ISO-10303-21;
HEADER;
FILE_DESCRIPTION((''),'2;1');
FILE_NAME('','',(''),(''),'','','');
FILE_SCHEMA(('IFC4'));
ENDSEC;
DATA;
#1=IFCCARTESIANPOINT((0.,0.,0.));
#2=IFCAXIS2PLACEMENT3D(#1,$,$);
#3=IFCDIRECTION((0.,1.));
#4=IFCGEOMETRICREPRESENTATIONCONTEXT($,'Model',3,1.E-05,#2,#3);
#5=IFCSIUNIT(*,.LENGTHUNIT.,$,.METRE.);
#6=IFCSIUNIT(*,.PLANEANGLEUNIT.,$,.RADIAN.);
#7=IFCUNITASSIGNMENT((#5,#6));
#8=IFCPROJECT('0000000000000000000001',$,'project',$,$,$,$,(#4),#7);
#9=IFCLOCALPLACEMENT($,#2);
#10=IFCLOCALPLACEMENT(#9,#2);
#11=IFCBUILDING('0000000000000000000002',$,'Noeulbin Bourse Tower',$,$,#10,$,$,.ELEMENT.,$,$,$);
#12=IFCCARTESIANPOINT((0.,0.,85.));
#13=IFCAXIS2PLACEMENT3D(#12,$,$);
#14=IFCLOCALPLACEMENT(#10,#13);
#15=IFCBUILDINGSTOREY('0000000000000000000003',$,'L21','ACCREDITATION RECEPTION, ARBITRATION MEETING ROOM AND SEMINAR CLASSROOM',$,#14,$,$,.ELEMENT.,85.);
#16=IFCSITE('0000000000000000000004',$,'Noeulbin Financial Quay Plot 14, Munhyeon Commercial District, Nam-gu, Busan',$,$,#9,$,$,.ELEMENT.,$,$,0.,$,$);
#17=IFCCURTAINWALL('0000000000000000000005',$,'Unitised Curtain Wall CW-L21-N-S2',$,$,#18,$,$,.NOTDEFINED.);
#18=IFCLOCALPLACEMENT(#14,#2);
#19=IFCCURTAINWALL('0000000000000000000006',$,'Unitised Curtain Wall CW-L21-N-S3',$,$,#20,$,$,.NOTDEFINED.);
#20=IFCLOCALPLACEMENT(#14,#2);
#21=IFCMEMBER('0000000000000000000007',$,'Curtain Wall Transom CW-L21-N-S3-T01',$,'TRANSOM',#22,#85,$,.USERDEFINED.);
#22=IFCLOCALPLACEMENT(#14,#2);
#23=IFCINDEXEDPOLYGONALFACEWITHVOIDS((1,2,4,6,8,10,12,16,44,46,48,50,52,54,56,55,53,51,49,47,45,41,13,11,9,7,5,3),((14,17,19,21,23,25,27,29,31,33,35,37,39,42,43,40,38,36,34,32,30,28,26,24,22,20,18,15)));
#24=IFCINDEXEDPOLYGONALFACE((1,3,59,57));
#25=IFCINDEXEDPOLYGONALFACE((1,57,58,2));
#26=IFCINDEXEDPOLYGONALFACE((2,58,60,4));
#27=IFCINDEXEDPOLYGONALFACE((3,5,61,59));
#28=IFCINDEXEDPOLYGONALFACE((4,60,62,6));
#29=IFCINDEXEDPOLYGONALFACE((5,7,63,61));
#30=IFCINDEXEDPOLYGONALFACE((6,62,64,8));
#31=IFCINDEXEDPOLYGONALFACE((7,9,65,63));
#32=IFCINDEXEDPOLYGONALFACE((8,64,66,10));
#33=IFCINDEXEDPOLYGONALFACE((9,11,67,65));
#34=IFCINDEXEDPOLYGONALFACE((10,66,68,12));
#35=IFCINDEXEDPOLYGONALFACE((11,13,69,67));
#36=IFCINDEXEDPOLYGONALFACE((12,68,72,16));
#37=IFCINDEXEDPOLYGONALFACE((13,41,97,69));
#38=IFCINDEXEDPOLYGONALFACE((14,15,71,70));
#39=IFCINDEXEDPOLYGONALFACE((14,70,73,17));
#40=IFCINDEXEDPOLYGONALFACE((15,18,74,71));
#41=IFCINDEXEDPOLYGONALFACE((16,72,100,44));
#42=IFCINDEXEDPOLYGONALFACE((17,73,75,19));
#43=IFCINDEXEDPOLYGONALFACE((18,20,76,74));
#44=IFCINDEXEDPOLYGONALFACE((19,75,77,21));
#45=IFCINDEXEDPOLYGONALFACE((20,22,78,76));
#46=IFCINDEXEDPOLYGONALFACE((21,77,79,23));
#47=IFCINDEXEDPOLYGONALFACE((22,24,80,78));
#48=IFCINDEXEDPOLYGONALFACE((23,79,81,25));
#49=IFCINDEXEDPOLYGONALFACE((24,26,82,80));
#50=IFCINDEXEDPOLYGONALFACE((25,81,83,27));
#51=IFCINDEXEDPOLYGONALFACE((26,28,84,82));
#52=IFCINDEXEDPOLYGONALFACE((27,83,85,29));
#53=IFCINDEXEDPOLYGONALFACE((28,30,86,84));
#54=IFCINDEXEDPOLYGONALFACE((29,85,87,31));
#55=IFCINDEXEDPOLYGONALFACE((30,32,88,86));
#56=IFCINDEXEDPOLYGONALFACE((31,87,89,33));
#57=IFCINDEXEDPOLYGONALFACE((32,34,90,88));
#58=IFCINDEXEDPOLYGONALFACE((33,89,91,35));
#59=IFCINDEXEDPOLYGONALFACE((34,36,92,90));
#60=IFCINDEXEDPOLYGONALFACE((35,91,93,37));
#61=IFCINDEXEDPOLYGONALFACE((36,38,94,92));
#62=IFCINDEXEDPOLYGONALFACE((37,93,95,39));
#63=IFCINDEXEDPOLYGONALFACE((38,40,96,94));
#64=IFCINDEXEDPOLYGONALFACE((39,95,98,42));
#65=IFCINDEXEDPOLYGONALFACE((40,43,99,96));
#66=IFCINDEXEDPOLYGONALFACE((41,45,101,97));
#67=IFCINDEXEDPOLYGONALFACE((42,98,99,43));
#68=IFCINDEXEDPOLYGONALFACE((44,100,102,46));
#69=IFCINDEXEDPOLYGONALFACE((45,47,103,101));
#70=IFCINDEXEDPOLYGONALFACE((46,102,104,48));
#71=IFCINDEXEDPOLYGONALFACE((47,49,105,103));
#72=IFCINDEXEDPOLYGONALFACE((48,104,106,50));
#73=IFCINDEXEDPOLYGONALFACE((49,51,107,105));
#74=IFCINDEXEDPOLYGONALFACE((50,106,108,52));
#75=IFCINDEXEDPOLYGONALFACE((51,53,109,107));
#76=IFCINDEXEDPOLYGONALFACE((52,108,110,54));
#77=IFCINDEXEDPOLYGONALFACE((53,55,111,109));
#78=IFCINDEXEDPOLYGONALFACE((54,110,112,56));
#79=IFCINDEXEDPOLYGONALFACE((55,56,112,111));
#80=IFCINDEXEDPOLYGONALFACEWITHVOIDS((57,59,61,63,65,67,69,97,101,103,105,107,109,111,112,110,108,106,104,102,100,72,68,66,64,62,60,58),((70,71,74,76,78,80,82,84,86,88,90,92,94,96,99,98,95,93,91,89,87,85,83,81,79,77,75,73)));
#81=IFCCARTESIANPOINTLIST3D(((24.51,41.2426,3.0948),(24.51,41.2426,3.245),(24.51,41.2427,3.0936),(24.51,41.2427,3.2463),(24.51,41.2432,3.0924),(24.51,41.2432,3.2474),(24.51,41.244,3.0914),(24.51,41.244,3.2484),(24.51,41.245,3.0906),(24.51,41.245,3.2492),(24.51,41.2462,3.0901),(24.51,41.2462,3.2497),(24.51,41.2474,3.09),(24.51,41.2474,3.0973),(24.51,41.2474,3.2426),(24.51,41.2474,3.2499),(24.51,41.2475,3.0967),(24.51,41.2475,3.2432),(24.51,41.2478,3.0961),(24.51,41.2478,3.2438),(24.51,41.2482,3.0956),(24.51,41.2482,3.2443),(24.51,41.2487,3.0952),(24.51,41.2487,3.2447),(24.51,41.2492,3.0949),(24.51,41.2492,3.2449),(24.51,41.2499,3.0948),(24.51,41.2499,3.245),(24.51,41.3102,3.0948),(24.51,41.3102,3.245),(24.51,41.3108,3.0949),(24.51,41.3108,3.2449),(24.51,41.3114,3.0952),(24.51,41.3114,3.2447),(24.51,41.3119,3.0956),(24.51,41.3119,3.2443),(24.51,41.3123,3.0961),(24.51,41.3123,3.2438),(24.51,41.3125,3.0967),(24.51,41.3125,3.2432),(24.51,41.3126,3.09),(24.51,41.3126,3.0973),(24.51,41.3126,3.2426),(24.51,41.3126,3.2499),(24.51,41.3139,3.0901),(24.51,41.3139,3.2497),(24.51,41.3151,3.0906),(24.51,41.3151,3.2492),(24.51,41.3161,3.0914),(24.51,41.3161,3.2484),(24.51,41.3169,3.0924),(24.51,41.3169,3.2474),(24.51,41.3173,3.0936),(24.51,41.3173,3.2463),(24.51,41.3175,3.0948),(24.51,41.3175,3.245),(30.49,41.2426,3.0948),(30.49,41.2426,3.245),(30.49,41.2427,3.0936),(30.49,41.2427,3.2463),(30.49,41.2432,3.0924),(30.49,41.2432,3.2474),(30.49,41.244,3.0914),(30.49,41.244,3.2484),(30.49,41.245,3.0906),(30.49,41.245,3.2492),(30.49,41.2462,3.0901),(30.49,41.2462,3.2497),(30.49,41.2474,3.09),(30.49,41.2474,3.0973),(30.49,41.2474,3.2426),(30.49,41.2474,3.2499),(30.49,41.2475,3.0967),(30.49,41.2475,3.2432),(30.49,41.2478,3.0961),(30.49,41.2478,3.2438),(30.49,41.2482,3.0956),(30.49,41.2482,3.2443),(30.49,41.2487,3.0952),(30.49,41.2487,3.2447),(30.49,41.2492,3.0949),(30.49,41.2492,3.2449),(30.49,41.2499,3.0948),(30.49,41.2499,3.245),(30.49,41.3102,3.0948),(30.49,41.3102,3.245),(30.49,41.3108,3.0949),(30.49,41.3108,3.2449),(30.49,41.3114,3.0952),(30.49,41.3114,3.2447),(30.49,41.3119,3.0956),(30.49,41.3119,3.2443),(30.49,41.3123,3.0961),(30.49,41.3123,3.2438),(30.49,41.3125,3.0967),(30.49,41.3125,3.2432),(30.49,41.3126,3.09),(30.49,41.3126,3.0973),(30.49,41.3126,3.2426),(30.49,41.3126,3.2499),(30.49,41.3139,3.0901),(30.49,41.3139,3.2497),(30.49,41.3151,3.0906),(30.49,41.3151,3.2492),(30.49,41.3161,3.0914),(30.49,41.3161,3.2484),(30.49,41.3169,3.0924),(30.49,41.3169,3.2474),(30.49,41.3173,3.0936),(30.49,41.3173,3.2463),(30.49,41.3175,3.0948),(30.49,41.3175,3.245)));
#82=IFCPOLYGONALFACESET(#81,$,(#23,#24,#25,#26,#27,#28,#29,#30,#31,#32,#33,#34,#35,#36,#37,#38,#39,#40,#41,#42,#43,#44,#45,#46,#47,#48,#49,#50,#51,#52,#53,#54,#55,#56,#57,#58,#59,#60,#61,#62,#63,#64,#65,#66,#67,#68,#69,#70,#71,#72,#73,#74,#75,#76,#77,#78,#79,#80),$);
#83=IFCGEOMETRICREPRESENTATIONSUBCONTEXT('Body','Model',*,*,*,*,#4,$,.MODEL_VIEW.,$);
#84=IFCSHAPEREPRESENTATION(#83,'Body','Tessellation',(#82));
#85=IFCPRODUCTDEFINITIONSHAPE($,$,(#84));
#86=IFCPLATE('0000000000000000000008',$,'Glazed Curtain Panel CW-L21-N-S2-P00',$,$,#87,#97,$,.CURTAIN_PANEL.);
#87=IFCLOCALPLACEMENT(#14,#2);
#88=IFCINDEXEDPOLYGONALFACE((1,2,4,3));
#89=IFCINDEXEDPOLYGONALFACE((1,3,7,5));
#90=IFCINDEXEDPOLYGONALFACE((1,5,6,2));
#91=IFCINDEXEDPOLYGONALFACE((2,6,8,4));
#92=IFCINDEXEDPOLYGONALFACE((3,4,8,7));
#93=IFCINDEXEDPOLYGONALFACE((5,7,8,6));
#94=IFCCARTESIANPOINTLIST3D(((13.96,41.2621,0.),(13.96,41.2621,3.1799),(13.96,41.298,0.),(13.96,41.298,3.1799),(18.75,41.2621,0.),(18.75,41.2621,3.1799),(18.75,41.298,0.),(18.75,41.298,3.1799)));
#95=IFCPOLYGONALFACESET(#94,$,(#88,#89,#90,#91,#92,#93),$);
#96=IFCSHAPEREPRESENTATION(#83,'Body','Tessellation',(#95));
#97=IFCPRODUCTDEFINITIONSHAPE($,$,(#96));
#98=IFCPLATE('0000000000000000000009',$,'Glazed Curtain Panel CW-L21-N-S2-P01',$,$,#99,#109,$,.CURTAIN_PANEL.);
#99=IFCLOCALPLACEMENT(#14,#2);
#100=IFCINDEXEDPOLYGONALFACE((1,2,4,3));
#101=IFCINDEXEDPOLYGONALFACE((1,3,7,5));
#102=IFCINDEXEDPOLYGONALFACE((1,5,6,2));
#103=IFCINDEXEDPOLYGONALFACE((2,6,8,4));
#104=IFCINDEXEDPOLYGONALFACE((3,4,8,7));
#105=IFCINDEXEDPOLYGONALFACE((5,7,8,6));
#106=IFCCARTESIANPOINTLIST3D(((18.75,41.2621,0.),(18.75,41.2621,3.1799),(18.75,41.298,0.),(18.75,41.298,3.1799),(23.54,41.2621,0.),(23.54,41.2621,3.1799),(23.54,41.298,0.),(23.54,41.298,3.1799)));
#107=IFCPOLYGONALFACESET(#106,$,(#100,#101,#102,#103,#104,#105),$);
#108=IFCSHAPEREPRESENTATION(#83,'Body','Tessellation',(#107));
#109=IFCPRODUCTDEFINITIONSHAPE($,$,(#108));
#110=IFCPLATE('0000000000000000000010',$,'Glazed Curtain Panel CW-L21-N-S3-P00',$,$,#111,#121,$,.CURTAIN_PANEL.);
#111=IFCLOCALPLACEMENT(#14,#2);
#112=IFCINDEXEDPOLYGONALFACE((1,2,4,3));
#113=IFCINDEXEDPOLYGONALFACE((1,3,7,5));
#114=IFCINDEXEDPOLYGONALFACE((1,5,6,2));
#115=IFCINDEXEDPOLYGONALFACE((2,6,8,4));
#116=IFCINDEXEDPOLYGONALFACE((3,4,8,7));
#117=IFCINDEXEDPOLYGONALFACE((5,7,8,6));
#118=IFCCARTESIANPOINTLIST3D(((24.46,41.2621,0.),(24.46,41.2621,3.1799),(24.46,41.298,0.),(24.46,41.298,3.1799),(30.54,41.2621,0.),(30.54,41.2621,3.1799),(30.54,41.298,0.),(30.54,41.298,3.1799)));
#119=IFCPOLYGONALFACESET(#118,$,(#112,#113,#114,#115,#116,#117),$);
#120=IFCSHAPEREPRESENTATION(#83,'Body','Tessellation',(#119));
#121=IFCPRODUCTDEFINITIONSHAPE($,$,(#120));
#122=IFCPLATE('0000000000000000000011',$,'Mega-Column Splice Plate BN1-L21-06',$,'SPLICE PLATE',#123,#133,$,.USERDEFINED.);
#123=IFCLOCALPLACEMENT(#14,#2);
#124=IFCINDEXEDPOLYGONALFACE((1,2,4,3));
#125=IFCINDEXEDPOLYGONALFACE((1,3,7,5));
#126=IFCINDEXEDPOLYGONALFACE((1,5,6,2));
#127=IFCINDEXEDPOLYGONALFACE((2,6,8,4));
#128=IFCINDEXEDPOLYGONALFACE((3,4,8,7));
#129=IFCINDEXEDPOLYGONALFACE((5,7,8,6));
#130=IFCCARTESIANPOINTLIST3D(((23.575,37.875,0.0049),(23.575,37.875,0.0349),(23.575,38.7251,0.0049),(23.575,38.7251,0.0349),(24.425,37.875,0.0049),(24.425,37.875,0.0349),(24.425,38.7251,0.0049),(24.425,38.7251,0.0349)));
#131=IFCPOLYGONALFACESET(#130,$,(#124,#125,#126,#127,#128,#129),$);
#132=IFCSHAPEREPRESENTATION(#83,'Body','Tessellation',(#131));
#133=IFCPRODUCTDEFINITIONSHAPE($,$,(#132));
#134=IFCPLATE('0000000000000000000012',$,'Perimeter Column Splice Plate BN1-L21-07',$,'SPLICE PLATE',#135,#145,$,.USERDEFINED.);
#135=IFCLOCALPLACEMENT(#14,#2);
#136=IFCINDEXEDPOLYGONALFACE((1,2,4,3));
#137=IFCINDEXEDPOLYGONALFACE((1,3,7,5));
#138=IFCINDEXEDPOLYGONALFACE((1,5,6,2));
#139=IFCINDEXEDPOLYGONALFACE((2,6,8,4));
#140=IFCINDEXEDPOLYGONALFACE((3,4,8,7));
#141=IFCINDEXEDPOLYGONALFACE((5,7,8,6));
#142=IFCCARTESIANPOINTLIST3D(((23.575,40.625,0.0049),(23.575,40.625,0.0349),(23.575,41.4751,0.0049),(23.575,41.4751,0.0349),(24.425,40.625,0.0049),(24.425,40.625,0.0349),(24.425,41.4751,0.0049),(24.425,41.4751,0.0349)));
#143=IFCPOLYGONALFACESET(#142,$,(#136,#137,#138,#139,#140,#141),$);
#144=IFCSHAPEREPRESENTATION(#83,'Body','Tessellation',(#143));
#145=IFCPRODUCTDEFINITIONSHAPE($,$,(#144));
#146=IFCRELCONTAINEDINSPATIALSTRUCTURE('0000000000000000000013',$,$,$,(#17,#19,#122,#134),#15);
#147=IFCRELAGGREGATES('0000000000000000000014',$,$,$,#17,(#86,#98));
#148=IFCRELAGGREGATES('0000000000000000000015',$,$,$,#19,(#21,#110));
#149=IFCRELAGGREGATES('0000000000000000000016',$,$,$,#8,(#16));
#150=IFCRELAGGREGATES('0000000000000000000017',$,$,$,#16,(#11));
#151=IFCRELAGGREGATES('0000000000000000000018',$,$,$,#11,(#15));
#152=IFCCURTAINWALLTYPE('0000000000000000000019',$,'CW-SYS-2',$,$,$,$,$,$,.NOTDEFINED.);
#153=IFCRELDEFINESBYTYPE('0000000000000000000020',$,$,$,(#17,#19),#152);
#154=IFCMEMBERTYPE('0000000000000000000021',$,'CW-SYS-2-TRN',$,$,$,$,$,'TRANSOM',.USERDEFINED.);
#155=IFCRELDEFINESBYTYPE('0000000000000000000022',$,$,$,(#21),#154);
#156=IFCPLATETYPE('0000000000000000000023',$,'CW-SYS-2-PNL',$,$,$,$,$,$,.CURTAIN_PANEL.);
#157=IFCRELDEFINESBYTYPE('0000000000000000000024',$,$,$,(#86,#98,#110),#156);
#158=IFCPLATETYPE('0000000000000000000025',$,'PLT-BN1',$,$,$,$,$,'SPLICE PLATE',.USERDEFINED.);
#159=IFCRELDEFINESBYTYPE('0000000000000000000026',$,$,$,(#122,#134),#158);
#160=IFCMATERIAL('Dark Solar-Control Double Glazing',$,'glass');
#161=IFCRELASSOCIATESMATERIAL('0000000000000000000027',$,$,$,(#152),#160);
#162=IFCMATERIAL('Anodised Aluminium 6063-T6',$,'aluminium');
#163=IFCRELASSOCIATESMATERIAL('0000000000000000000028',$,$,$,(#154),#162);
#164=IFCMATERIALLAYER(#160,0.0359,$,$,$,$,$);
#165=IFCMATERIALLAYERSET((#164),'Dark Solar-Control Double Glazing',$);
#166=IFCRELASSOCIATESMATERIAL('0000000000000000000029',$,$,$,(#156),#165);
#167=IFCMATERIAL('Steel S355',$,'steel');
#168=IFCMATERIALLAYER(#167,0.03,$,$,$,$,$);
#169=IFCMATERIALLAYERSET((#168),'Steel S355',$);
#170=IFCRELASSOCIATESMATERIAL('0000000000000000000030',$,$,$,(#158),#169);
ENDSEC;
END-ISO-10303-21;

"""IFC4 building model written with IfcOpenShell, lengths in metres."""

from ifc_helpers import new_model, si_unit, direction, frame, origin, origin_2d, place, context, subcontext, project, spatial, rectangle, hollow_rectangle, extrude, material, layer, layer_set, material_profile, profile_set, type_object, element, aggregate, save


model = new_model("IFC4")

# Units and contexts
model_context = context("Model", 3, precision=1e-05, world=origin(), true_north=direction((0.0, 1.0)))
body_context = subcontext(model_context, "Body", "Model", "MODEL_VIEW")
ifc_project = project(units=[si_unit("LENGTHUNIT", "METRE"), si_unit("PLANEANGLEUNIT", "RADIAN")], contexts=[model_context])

# Site, building, storey
site_placement = place(None, origin())
site = spatial("IfcSite", under=ifc_project, at=site_placement, Name="Noeulbin Financial Quay Plot 14, Munhyeon Commercial District, Nam-gu, Busan", CompositionType="ELEMENT", RefElevation=0.0)
building_placement = place(site_placement, origin())
building = spatial("IfcBuilding", under=site, at=building_placement, Name="Noeulbin Bourse Tower", CompositionType="ELEMENT")
storey_placement = place(building_placement, frame((0.0, 0.0, 85.0)))
storey = spatial("IfcBuildingStorey", under=building, at=storey_placement, Name="L21", Description="ACCREDITATION RECEPTION, ARBITRATION MEETING ROOM AND SEMINAR CLASSROOM", CompositionType="ELEMENT", Elevation=85.0)

# Shared definitions
ifc_material_1 = material(Name="Steel S355", Category="steel")

# Curtain walls, member
ifc_material_2 = material(Name="Dark Solar-Control Double Glazing", Category="glass")
curtain_wall_type = type_object("IfcCurtainWallType", Name="CW-SYS-2", PredefinedType="NOTDEFINED", material=ifc_material_2)
curtain_wall_1_placement = place(storey_placement, origin())
curtain_wall_1 = element("IfcCurtainWall", 1, at=curtain_wall_1_placement, inside=storey, type_object=curtain_wall_type, Name="Unitised Curtain Wall CW-L21-N-S2", PredefinedType="NOTDEFINED")
ifc_material_3 = material(Name="Anodised Aluminium 6063-T6", Category="aluminium")
curtain_wall_2_placement = place(storey_placement, origin())
curtain_wall_2 = element("IfcCurtainWall", 2, at=curtain_wall_2_placement, inside=storey, type_object=curtain_wall_type, Name="Unitised Curtain Wall CW-L21-N-S3", PredefinedType="NOTDEFINED")
ifc_material_profile_1 = material_profile(ifc_material_3, hollow_rectangle(XDim=0.075, YDim=0.1599, WallThickness=0.0049, InnerFilletRadius=0.0024, OuterFilletRadius=0.0049, at=origin_2d()), Name="ALU-TRAN-75x160x5", Category="LoadBearing")
ifc_profile_set_1 = profile_set([ifc_material_profile_1], Name="Anodised Aluminium 6063-T6")
member_type_1 = type_object("IfcMemberType", Name="CW-SYS-2-TRN", ElementType="TRANSOM", PredefinedType="USERDEFINED", material=ifc_profile_set_1)
member_1_placement = place(storey_placement, frame((24.51, 41.28, 3.1699), z_axis=(1.0, 0.0, 0.0), x_axis=(0.0, 1.0, 0.0)))
member_1 = element("IfcMember", 3, at=member_1_placement, type_object=member_type_1, Name="Curtain Wall Transom CW-L21-N-S3-T01", ObjectType="TRANSOM", PredefinedType="USERDEFINED", context=body_context, shape_type="SweptSolid", body=[
    extrude(hollow_rectangle(XDim=0.075, YDim=0.1599, WallThickness=0.0049, InnerFilletRadius=0.0024, OuterFilletRadius=0.0049, at=origin_2d()), origin(), (0.0, 0.0, 1.0), 5.98),
])

# Plates
ifc_layer_1 = layer(ifc_material_2, 0.0359)
ifc_layer_set_1 = layer_set([ifc_layer_1], Name="Dark Solar-Control Double Glazing")
plate_type_1 = type_object("IfcPlateType", Name="CW-SYS-2-PNL", PredefinedType="CURTAIN_PANEL", material=ifc_layer_set_1)
plate_1_placement = place(storey_placement, frame((16.355, 41.28, 0.0), z_axis=(0.0, 0.0, 1.0), x_axis=(1.0, 0.0, 0.0)))
plate_1 = element("IfcPlate", 4, at=plate_1_placement, type_object=plate_type_1, Name="Glazed Curtain Panel CW-L21-N-S2-P00", PredefinedType="CURTAIN_PANEL", context=body_context, shape_type="SweptSolid", body=[
    extrude(rectangle(XDim=4.79, YDim=0.0359, at=origin_2d()), origin(), (0.0, 0.0, 1.0), 3.1799),
])
plate_2_placement = place(storey_placement, frame((21.145, 41.28, 0.0), z_axis=(0.0, 0.0, 1.0), x_axis=(1.0, 0.0, 0.0)))
plate_2 = element("IfcPlate", 5, at=plate_2_placement, type_object=plate_type_1, Name="Glazed Curtain Panel CW-L21-N-S2-P01", PredefinedType="CURTAIN_PANEL", context=body_context, shape_type="SweptSolid", body=[
    extrude(rectangle(XDim=4.79, YDim=0.0359, at=origin_2d()), origin(), (0.0, 0.0, 1.0), 3.1799),
])
aggregate(curtain_wall_1, [plate_1, plate_2])
plate_3_placement = place(storey_placement, frame((27.5, 41.28, 0.0), z_axis=(0.0, 0.0, 1.0), x_axis=(1.0, 0.0, 0.0)))
plate_3 = element("IfcPlate", 6, at=plate_3_placement, type_object=plate_type_1, Name="Glazed Curtain Panel CW-L21-N-S3-P00", PredefinedType="CURTAIN_PANEL", context=body_context, shape_type="SweptSolid", body=[
    extrude(rectangle(XDim=6.0801, YDim=0.0359, at=origin_2d()), origin(), (0.0, 0.0, 1.0), 3.1799),
])
aggregate(curtain_wall_2, [member_1, plate_3])

# Plates
ifc_layer_2 = layer(ifc_material_1, 0.03)
ifc_layer_set_2 = layer_set([ifc_layer_2], Name="Steel S355")
plate_type_2 = type_object("IfcPlateType", Name="PLT-BN1", ElementType="SPLICE PLATE", PredefinedType="USERDEFINED", material=ifc_layer_set_2)
for number, where, z_axis, x_axis, name in (
    (7, (24.0, 38.3, 0.0049), (0.0, 0.0, 1.0), (1.0, 0.0, 0.0), "Mega-Column Splice Plate BN1-L21-06"),
    (8, (24.0, 41.05, 0.0049), (0.0, 0.0, 1.0), (1.0, 0.0, 0.0), "Perimeter Column Splice Plate BN1-L21-07"),
):
    element("IfcPlate", number, at=place(storey_placement, frame(where, z_axis=z_axis, x_axis=x_axis)), inside=storey, type_object=plate_type_2, Name=name, ObjectType="SPLICE PLATE", PredefinedType="USERDEFINED", context=body_context, shape_type="SweptSolid", body=[
        extrude(rectangle(XDim=0.8501, YDim=0.8501, at=origin_2d()), origin(), (0.0, 0.0, 1.0), 0.03),
    ])

save(model, "model.ifc")
